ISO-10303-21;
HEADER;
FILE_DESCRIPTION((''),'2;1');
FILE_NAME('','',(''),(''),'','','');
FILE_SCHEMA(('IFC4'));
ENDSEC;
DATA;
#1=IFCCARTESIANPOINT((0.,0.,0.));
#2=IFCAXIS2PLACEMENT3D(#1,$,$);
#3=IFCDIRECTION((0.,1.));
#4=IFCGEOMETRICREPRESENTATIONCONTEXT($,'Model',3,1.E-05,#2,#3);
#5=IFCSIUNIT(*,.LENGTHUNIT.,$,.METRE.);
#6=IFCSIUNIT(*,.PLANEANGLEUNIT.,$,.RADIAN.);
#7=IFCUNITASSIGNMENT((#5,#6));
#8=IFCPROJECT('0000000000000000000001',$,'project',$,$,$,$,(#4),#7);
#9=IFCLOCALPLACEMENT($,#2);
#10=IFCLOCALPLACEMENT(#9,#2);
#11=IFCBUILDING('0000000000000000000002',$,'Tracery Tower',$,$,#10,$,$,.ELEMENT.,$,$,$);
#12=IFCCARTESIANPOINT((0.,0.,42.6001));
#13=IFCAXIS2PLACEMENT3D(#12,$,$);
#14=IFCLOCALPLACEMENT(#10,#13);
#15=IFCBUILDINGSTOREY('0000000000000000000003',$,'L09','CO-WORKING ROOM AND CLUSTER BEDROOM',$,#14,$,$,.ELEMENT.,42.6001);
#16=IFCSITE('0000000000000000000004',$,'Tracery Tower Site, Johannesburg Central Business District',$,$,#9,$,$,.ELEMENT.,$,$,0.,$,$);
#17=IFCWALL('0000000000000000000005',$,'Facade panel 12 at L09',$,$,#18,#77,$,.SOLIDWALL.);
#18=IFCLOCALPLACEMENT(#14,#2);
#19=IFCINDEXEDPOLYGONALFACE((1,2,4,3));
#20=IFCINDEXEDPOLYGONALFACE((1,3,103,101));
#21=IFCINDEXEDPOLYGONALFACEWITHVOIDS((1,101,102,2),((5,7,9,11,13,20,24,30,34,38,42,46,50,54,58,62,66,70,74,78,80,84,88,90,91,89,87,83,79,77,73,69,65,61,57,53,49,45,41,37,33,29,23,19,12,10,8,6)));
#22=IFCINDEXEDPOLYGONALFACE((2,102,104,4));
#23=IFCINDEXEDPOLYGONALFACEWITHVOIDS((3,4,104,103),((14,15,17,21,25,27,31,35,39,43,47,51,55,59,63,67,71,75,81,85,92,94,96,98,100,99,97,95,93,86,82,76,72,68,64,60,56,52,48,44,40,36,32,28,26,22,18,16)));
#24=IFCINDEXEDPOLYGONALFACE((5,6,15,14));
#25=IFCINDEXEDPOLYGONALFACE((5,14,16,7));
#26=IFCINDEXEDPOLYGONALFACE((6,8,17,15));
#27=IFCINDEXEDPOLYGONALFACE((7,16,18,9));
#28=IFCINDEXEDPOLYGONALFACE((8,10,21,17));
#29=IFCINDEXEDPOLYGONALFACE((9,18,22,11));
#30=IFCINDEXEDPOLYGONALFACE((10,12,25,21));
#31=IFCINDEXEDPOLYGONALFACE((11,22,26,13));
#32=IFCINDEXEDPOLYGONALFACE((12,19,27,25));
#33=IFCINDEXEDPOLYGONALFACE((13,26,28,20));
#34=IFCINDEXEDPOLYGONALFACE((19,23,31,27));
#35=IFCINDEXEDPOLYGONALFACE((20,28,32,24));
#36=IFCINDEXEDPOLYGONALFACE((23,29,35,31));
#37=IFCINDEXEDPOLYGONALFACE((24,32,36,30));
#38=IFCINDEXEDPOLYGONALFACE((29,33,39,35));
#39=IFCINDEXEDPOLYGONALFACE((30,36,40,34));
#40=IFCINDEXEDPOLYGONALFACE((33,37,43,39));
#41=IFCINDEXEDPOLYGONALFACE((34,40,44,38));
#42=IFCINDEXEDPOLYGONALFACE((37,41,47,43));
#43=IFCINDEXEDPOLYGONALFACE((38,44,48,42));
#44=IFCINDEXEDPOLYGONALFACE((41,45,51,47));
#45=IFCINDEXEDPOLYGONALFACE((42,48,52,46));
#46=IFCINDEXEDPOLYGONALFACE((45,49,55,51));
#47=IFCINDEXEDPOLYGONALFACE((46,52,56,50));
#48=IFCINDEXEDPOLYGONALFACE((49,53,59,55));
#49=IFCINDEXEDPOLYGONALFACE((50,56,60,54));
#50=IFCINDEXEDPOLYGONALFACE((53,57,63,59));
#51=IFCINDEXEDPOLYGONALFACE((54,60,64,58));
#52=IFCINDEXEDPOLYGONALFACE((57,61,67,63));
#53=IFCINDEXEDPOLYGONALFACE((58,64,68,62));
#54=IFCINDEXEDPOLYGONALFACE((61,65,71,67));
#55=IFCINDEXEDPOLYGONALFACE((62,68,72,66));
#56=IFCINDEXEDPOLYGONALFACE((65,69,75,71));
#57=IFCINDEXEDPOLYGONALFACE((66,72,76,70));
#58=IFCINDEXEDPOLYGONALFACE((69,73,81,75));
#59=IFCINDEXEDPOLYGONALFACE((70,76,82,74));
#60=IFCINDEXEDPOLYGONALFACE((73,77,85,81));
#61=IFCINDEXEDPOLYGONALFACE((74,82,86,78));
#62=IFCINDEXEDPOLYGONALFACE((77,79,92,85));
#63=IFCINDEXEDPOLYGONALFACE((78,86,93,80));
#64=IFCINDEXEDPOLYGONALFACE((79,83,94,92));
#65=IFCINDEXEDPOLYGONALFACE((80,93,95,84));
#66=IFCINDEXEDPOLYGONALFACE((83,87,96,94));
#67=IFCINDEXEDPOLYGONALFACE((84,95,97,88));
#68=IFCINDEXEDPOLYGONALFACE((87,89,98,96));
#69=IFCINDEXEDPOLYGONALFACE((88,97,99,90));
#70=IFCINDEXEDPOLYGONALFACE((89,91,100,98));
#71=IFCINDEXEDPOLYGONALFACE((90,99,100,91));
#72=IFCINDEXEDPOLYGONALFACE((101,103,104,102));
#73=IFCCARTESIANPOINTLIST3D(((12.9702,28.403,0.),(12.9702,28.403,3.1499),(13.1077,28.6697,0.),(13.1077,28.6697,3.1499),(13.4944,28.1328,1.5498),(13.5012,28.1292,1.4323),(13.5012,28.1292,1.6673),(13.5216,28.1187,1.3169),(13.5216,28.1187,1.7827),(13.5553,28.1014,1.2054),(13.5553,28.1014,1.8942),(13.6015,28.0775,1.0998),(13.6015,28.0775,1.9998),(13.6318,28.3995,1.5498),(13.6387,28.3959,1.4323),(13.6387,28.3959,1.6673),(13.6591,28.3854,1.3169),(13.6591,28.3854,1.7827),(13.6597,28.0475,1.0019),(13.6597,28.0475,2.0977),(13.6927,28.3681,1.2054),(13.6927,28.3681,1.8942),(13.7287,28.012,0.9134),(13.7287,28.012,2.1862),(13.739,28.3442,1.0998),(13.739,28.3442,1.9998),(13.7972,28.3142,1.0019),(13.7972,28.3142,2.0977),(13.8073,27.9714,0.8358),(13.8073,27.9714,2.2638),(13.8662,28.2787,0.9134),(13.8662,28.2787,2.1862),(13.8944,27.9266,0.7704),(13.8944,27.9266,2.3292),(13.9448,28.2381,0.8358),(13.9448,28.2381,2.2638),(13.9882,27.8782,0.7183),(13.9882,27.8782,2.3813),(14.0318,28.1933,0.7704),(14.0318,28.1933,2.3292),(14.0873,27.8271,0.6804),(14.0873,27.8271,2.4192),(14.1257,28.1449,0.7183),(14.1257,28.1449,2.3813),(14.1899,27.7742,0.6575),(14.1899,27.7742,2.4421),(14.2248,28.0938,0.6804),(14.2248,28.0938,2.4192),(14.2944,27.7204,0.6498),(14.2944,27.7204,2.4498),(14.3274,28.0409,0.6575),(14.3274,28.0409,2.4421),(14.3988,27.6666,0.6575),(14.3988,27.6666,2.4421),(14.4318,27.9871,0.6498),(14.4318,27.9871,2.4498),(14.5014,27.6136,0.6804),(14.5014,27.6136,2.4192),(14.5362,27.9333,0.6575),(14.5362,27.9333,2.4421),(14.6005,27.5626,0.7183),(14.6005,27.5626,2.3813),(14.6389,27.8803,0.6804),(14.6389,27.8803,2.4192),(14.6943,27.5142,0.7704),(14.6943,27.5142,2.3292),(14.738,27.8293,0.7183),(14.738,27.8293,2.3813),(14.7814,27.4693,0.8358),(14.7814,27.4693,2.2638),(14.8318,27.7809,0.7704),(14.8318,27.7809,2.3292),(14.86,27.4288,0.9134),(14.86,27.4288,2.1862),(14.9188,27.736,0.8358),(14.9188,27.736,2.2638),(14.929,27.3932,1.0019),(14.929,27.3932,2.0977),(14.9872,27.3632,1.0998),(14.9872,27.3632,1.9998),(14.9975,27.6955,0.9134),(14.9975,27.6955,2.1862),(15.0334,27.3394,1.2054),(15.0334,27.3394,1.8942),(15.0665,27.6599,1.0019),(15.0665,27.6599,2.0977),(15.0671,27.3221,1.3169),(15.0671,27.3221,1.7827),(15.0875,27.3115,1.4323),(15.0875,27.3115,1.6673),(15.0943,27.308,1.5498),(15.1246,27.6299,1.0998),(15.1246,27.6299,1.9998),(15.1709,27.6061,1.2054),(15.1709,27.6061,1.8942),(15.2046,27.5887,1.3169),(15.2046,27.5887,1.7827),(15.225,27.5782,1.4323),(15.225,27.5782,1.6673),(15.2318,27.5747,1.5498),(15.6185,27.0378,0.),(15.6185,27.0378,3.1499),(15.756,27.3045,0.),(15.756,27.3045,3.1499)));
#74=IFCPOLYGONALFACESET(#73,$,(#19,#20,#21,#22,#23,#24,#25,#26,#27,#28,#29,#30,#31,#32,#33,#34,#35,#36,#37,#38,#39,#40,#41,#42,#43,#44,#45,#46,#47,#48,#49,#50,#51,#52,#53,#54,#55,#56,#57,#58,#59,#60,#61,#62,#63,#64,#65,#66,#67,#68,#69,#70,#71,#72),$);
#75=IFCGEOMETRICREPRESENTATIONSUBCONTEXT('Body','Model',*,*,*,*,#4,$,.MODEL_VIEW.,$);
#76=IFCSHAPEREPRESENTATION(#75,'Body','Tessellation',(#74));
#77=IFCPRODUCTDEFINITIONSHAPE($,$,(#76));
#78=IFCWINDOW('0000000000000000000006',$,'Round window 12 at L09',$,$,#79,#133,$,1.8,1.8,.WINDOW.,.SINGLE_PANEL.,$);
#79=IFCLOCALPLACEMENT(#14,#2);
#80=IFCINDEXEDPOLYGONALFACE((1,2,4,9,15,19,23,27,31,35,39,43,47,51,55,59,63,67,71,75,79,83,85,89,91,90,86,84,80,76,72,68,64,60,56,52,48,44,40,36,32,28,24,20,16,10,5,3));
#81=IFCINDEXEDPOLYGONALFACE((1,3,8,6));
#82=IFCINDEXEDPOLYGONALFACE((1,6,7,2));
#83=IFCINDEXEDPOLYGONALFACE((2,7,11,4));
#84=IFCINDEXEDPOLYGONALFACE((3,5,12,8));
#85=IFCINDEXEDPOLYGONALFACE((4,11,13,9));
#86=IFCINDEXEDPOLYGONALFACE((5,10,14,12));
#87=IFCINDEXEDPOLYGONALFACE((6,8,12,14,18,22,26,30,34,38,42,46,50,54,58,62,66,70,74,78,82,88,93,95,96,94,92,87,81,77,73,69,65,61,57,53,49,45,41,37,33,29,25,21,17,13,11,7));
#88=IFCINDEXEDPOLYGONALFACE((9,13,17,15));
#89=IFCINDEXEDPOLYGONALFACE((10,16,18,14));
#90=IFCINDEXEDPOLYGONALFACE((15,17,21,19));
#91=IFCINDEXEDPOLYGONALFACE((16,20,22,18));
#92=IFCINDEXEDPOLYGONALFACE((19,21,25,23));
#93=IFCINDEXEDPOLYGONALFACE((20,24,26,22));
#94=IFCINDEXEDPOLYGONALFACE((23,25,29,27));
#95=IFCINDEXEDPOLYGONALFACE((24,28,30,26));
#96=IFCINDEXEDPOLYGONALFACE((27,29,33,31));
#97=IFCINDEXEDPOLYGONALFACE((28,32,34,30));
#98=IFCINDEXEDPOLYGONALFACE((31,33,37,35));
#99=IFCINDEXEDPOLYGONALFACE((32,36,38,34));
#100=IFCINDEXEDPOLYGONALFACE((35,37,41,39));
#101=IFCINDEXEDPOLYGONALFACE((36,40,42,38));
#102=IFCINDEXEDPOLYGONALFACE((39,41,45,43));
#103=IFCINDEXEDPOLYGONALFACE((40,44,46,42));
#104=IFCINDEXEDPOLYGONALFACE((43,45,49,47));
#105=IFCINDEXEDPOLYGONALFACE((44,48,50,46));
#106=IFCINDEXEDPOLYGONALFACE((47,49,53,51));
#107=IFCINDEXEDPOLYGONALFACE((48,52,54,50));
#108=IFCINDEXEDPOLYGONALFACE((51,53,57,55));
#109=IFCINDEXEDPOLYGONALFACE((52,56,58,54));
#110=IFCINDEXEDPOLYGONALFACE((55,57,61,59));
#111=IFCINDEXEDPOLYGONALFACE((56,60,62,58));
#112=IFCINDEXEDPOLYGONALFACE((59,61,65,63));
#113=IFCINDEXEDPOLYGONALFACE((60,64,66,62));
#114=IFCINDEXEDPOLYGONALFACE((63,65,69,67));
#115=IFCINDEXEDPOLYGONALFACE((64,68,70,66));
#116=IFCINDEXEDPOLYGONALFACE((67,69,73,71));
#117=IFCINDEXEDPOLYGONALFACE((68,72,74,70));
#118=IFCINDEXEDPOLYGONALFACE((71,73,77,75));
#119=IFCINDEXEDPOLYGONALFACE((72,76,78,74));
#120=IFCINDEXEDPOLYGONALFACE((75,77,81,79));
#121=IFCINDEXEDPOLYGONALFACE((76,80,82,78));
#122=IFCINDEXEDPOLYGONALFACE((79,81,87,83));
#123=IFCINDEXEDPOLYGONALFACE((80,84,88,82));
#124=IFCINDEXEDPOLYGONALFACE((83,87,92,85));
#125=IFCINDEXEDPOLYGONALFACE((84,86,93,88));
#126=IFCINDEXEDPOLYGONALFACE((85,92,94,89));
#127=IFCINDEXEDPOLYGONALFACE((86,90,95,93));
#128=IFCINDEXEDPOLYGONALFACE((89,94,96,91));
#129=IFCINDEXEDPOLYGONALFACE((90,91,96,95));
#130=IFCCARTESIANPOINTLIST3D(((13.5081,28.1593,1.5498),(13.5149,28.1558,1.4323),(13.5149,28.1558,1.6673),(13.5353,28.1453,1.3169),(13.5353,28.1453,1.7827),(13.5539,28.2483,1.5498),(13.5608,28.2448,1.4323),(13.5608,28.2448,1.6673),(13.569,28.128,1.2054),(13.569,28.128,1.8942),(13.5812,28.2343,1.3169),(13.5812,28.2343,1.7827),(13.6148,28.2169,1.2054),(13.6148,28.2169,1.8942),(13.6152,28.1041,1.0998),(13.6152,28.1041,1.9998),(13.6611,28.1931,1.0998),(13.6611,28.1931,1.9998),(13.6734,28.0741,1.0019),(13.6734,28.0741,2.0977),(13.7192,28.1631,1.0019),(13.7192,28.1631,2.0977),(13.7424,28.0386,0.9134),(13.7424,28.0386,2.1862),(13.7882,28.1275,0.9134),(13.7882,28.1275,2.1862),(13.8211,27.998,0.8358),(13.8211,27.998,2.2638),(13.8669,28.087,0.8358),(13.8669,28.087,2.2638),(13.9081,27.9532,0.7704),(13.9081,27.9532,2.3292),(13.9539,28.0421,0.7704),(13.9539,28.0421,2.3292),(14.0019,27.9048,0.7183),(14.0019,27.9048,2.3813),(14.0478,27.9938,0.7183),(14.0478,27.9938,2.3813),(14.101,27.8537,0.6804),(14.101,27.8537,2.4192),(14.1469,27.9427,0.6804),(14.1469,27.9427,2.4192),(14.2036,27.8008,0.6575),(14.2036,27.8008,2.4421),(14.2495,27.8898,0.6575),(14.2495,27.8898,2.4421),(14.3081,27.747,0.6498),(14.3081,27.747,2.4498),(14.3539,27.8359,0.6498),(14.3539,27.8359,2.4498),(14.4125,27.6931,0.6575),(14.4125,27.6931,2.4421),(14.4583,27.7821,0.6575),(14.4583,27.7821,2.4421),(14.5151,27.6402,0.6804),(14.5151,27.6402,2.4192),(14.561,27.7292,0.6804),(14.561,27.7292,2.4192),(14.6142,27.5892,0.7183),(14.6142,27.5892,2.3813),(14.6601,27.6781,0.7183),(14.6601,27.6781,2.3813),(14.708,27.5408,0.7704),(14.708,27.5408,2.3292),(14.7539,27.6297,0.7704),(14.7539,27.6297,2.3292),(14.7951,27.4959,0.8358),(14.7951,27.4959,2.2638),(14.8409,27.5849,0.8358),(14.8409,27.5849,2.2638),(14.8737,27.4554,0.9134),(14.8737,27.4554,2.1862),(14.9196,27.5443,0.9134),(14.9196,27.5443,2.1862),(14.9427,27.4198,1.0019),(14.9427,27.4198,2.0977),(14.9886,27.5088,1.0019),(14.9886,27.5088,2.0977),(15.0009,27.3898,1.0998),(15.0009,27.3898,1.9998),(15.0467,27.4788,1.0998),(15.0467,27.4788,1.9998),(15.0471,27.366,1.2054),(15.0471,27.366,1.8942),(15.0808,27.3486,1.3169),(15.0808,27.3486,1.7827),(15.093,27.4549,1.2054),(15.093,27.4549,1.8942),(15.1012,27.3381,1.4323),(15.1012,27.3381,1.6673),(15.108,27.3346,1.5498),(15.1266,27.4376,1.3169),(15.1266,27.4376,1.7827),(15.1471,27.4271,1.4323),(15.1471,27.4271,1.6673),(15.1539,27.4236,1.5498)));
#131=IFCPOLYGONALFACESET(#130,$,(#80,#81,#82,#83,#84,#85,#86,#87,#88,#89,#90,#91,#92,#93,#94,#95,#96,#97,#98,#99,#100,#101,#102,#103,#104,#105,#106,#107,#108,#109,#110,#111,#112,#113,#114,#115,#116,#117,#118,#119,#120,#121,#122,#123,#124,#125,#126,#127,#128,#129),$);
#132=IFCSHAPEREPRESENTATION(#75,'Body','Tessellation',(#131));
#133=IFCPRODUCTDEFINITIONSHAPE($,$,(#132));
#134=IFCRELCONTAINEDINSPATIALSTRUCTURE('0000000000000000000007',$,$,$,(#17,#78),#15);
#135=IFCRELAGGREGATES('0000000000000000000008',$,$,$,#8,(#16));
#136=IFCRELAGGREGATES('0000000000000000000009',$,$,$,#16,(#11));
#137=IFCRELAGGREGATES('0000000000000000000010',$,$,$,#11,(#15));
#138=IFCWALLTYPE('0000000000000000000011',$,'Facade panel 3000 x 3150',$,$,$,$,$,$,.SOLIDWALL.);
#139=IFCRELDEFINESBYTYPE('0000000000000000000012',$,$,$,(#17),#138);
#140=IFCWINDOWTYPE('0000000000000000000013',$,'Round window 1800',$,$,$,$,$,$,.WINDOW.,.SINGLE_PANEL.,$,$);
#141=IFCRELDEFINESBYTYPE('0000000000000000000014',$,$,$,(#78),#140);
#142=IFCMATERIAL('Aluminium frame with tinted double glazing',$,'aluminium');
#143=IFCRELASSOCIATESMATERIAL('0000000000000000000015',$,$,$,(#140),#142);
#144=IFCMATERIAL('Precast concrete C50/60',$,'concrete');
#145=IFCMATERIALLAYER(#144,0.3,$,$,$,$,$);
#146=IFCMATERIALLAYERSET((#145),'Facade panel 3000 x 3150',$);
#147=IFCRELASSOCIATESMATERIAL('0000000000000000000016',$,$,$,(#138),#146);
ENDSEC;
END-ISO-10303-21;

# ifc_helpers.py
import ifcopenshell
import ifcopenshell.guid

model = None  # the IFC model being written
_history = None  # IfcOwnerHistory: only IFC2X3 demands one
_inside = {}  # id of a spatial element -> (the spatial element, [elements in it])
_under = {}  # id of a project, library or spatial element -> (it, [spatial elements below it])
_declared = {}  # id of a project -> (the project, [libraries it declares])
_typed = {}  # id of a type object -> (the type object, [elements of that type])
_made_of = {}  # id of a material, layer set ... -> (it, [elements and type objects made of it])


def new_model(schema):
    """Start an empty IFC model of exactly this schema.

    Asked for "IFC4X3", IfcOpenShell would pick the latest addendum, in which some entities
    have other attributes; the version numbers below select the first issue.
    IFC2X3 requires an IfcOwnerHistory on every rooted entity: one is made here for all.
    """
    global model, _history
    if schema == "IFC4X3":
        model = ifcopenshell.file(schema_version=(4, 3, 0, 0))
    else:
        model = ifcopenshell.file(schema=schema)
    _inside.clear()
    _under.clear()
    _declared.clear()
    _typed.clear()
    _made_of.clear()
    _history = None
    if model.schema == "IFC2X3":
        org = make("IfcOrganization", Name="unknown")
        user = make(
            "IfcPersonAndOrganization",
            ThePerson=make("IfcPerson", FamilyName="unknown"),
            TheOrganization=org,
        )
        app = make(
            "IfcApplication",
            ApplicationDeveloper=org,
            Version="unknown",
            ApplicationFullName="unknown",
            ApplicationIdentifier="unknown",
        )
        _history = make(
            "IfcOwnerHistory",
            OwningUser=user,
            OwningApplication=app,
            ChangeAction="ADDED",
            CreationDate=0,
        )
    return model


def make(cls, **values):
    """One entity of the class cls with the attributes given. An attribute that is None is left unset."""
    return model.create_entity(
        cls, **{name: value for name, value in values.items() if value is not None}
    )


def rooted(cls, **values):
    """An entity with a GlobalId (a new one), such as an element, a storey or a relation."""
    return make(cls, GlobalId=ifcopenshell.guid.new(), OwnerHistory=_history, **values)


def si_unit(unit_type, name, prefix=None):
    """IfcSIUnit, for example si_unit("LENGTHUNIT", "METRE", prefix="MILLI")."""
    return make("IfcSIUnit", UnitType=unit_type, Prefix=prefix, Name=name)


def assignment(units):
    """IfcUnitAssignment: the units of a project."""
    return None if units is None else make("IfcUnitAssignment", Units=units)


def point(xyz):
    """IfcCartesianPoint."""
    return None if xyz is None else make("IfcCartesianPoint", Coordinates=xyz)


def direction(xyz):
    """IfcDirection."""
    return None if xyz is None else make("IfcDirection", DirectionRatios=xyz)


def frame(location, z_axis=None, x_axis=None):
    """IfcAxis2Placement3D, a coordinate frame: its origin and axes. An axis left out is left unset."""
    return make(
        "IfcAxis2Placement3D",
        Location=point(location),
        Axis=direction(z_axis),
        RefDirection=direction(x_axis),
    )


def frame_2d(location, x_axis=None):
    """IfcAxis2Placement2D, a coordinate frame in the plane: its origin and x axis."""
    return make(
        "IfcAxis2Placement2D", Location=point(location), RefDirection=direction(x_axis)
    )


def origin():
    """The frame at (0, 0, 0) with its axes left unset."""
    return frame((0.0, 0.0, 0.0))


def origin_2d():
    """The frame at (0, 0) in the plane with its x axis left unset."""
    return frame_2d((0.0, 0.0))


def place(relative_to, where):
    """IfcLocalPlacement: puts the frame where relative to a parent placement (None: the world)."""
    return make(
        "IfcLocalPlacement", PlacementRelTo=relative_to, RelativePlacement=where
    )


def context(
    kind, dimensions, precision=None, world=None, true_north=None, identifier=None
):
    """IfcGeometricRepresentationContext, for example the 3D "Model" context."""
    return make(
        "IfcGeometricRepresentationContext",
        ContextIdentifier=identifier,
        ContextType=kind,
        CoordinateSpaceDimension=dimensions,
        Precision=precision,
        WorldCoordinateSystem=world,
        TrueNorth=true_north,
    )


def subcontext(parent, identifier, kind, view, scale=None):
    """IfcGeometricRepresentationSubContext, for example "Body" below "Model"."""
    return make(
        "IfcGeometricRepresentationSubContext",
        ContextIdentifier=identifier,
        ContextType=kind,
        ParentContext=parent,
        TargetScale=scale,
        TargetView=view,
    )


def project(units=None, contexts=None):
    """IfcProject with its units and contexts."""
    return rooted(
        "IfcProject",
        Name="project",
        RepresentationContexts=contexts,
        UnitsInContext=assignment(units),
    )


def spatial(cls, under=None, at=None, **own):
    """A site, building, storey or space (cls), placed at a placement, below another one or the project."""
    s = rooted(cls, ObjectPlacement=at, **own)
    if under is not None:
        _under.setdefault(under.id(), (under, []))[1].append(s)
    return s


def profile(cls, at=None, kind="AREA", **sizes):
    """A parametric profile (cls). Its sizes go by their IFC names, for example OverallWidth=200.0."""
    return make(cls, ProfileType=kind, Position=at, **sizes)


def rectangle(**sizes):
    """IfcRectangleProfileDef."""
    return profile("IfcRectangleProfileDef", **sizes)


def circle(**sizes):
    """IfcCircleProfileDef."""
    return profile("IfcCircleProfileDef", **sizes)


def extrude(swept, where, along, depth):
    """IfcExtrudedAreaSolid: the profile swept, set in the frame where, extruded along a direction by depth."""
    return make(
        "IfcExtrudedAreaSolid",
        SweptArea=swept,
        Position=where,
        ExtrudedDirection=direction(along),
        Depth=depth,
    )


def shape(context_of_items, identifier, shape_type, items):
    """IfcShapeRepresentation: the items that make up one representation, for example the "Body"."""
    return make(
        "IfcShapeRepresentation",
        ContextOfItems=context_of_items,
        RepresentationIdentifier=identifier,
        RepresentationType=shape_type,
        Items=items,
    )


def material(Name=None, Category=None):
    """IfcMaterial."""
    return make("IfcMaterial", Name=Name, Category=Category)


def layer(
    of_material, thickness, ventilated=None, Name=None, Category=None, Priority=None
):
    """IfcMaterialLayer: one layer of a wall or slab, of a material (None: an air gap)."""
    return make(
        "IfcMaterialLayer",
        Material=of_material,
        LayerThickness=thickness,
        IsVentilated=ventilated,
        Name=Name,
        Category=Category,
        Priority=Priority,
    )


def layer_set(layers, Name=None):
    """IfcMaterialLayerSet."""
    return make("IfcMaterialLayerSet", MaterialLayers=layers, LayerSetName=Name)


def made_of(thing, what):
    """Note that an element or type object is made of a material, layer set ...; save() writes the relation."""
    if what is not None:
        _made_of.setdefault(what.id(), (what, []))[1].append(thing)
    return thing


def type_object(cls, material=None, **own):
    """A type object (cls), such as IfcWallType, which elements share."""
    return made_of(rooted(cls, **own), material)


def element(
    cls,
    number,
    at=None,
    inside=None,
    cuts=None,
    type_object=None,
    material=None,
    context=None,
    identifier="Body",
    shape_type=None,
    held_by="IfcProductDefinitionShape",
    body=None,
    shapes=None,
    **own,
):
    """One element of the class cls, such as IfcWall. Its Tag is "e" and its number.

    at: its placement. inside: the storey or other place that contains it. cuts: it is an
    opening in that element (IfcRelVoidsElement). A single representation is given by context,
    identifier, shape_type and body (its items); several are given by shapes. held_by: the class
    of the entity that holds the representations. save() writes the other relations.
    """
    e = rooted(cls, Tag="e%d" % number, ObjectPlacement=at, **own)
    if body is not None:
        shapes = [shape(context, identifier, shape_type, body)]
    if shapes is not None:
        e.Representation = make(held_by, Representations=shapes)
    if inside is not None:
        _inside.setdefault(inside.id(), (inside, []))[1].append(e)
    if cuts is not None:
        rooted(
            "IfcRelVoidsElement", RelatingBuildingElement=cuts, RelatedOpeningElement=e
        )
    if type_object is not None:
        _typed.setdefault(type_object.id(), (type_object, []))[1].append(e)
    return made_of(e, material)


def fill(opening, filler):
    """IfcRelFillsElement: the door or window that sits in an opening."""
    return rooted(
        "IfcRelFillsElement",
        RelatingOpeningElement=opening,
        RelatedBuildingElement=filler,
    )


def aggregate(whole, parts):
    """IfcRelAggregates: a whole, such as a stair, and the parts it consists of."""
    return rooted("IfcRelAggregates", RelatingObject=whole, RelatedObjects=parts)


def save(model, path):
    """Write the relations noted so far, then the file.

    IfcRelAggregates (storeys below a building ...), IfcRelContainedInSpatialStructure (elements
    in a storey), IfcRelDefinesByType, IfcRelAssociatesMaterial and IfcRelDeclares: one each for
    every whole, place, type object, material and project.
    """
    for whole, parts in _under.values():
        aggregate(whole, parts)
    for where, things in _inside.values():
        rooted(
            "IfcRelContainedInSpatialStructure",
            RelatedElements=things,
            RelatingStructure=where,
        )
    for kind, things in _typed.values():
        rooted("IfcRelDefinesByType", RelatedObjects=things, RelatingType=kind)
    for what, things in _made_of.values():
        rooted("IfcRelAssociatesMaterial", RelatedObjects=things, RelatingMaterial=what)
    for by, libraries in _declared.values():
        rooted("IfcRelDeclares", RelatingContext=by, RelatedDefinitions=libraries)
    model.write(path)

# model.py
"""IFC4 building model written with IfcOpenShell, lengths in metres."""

from ifc_helpers import new_model, si_unit, direction, frame, frame_2d, origin, origin_2d, place, context, subcontext, project, spatial, rectangle, circle, extrude, material, layer, layer_set, type_object, element, fill, save


model = new_model("IFC4")

# Units and contexts
model_context = context("Model", 3, precision=1e-05, world=origin(), true_north=direction((0.0, 1.0)))
body_context = subcontext(model_context, "Body", "Model", "MODEL_VIEW")
ifc_project = project(units=[si_unit("LENGTHUNIT", "METRE"), si_unit("PLANEANGLEUNIT", "RADIAN")], contexts=[model_context])

# Site, building, storey
site_placement = place(None, origin())
site = spatial("IfcSite", under=ifc_project, at=site_placement, Name="Tracery Tower Site, Johannesburg Central Business District", CompositionType="ELEMENT", RefElevation=0.0)
building_placement = place(site_placement, origin())
building = spatial("IfcBuilding", under=site, at=building_placement, Name="Tracery Tower", CompositionType="ELEMENT")
storey_placement = place(building_placement, frame((0.0, 0.0, 42.6001)))
storey = spatial("IfcBuildingStorey", under=building, at=storey_placement, Name="L09", Description="CO-WORKING ROOM AND CLUSTER BEDROOM", CompositionType="ELEMENT", Elevation=42.6001)

# Wall, opening, window
ifc_material_1 = material(Name="Aluminium frame with tinted double glazing", Category="aluminium")
window_type = type_object("IfcWindowType", Name="Round window 1800", PartitioningType="SINGLE_PANEL", PredefinedType="WINDOW", material=ifc_material_1)
ifc_material_2 = material(Name="Precast concrete C50/60", Category="concrete")
ifc_layer_1 = layer(ifc_material_2, 0.3)
ifc_layer_set_1 = layer_set([ifc_layer_1], Name="Facade panel 3000 x 3150")
wall_type_1 = type_object("IfcWallType", Name="Facade panel 3000 x 3150", PredefinedType="SOLIDWALL", material=ifc_layer_set_1)
wall_1_placement = place(storey_placement, frame((15.6873, 27.1711, 0.0), z_axis=(0.0, 0.0, 1.0), x_axis=(-0.888853, 0.458192, 0.0)))
wall_1 = element("IfcWall", 1, at=wall_1_placement, inside=storey, type_object=wall_type_1, Name="Facade panel 12 at L09", PredefinedType="SOLIDWALL", context=body_context, shape_type="SweptSolid", body=[
    extrude(rectangle(XDim=2.9795, YDim=0.3, at=frame_2d((1.4897, 0.0))), origin(), (0.0, 0.0, 1.0), 3.1499),
])
opening_1_placement = place(wall_1_placement, frame((1.4897, 0.0, 1.5498)))
opening_1 = element("IfcOpeningElement", 2, at=opening_1_placement, cuts=wall_1, PredefinedType="OPENING", context=body_context, shape_type="SweptSolid", body=[
    extrude(circle(Radius=0.9, at=origin_2d()), frame((0.0, 0.1599, 0.0), z_axis=(0.0, -1.0, 0.0), x_axis=(1.0, 0.0, 0.0)), (0.0, 0.0, 1.0), 0.3201),
])
window_1_placement = place(opening_1_placement, origin())
window_1 = element("IfcWindow", 3, at=window_1_placement, inside=storey, type_object=window_type, Name="Round window 12 at L09", OverallHeight=1.8, OverallWidth=1.8, PartitioningType="SINGLE_PANEL", PredefinedType="WINDOW", context=body_context, shape_type="SweptSolid", body=[
    extrude(circle(Radius=0.9, at=origin_2d()), frame((0.0, 0.1201, 0.0), z_axis=(0.0, -1.0, 0.0), x_axis=(1.0, 0.0, 0.0)), (0.0, 0.0, 1.0), 0.1001),
])
fill(opening_1, window_1)

save(model, "model.ifc")
